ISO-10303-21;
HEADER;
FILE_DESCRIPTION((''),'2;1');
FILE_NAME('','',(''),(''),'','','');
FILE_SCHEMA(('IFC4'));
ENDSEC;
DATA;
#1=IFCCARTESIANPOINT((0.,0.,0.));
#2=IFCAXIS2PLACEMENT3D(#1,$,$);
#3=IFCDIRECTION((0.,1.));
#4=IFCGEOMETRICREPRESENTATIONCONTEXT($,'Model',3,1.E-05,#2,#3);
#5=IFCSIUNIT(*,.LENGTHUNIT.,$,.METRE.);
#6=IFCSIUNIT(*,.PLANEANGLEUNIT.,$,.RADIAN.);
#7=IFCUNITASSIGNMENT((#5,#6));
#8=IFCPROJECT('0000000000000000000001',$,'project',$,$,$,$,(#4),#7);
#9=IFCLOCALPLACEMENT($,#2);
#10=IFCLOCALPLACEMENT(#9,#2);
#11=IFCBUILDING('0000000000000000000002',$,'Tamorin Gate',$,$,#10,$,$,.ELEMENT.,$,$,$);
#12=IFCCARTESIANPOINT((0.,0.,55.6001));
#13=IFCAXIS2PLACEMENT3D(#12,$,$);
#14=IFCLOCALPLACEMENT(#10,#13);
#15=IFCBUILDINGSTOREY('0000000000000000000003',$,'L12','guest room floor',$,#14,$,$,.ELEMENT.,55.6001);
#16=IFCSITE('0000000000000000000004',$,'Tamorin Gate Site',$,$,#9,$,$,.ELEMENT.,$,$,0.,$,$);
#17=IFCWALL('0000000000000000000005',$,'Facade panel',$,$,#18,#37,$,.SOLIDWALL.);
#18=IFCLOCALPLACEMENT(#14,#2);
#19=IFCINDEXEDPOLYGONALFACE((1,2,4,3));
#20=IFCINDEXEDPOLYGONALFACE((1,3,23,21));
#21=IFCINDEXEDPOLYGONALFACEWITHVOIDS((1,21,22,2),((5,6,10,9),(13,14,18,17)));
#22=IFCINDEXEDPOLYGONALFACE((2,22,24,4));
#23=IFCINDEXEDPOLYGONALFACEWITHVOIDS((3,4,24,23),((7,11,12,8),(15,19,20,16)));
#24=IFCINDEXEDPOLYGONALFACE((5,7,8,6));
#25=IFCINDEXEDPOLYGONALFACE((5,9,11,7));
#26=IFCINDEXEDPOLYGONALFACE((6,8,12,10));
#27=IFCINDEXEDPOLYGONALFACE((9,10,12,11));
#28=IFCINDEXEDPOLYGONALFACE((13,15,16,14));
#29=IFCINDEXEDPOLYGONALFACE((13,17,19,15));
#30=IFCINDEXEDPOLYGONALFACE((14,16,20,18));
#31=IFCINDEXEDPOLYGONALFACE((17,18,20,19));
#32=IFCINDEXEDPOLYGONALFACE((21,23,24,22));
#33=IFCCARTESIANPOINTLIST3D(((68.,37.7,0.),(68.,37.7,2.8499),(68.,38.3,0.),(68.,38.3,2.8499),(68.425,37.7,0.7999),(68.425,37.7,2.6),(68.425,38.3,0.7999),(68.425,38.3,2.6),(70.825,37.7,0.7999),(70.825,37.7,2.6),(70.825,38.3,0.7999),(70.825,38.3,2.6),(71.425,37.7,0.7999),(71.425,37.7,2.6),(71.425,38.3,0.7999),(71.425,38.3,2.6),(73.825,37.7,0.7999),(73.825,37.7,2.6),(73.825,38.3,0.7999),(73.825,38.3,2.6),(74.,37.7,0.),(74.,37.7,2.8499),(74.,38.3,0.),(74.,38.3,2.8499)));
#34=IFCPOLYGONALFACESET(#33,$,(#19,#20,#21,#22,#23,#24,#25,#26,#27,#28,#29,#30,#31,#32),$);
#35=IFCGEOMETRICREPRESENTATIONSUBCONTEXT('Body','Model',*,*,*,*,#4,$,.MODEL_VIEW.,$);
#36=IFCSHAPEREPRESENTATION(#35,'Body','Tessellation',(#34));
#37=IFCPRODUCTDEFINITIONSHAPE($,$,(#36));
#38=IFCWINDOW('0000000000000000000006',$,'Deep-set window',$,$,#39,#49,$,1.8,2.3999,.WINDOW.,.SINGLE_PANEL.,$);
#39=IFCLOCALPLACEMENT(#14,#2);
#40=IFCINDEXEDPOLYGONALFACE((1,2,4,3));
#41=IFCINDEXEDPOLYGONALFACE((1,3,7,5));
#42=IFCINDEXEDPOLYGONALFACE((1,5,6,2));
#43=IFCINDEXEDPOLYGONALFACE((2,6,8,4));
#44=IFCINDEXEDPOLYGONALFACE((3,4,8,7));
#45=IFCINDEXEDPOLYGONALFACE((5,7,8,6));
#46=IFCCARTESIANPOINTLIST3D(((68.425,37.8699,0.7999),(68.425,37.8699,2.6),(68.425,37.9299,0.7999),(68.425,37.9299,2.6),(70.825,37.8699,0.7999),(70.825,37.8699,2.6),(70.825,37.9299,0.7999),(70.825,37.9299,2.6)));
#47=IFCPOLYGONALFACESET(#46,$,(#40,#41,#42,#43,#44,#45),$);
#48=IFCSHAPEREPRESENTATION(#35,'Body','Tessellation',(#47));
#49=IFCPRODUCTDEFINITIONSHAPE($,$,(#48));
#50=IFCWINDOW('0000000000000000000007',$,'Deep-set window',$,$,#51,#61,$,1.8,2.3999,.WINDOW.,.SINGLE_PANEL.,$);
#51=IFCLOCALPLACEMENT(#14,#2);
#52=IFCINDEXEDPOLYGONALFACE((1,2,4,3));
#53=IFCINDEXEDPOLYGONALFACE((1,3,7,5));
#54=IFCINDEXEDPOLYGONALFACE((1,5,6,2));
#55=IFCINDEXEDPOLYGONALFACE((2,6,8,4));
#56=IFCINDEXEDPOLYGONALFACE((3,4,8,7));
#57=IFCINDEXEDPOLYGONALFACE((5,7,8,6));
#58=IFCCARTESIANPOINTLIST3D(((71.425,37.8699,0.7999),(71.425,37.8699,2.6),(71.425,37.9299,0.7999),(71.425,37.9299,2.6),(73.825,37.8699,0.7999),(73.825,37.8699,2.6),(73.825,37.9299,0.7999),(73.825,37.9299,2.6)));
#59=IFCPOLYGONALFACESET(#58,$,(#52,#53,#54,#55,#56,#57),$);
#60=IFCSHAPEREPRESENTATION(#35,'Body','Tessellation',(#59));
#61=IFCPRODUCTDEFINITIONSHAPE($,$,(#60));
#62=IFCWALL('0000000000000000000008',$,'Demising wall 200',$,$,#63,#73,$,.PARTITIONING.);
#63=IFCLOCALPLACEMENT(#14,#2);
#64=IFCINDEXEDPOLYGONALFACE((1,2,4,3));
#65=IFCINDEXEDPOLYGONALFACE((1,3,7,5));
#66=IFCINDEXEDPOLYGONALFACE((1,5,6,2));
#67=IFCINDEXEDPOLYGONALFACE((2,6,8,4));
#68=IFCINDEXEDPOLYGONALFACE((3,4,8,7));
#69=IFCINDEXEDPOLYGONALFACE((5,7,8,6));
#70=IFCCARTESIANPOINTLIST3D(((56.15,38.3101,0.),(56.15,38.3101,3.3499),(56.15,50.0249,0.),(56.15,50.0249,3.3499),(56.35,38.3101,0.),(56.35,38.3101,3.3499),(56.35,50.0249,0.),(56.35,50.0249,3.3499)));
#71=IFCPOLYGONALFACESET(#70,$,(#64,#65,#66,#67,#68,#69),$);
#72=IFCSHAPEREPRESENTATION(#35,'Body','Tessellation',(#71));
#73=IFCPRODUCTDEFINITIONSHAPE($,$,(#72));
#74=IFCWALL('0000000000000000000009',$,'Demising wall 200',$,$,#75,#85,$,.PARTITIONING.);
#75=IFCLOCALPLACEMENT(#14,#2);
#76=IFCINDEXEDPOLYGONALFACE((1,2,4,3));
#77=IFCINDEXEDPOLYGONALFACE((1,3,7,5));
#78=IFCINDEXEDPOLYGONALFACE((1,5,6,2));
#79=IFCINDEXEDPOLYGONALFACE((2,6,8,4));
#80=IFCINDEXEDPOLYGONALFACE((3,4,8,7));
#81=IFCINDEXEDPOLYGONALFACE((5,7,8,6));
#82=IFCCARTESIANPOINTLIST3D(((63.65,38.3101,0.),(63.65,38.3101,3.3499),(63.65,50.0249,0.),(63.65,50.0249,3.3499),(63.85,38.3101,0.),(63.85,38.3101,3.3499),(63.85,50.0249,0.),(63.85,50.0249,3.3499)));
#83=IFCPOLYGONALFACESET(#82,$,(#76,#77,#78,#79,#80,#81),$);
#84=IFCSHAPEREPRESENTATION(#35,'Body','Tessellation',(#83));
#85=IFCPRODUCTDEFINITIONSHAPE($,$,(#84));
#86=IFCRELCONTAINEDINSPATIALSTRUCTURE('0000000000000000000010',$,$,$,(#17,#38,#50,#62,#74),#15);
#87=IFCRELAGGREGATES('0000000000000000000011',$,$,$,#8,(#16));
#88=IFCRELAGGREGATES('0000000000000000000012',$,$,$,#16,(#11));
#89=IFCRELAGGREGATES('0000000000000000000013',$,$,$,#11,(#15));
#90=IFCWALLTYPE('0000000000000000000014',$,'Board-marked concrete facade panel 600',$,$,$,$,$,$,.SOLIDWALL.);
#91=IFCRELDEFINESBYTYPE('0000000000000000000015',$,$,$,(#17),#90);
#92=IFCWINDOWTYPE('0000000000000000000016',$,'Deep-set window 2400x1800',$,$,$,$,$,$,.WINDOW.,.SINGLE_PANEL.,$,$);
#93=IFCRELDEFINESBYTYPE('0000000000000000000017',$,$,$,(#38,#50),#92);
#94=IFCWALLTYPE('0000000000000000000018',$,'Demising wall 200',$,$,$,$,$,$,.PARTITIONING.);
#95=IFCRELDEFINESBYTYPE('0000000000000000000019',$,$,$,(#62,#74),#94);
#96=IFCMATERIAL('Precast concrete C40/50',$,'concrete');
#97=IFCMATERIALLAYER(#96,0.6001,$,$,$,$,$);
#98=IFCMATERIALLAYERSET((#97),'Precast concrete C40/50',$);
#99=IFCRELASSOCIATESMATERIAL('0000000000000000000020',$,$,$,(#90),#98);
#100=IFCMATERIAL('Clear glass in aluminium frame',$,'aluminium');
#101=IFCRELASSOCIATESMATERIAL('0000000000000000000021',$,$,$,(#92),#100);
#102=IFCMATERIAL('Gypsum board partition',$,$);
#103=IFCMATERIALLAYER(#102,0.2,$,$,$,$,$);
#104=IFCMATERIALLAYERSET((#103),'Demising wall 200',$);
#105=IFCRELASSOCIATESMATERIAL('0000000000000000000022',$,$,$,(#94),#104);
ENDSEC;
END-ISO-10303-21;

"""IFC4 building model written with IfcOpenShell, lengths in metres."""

from ifc_helpers import new_model, si_unit, direction, frame, frame_2d, origin, place, context, subcontext, project, spatial, rectangle, extrude, material, layer, layer_set, type_object, element, fill, save


model = new_model("IFC4")

# Units and contexts
model_context = context("Model", 3, precision=1e-05, world=origin(), true_north=direction((0.0, 1.0)))
body_context = subcontext(model_context, "Body", "Model", "MODEL_VIEW")
ifc_project = project(units=[si_unit("LENGTHUNIT", "METRE"), si_unit("PLANEANGLEUNIT", "RADIAN")], contexts=[model_context])

# Site, building, storey
site_placement = place(None, origin())
site = spatial("IfcSite", under=ifc_project, at=site_placement, Name="Tamorin Gate Site", CompositionType="ELEMENT", RefElevation=0.0)
building_placement = place(site_placement, origin())
building = spatial("IfcBuilding", under=site, at=building_placement, Name="Tamorin Gate", CompositionType="ELEMENT")
storey_placement = place(building_placement, frame((0.0, 0.0, 55.6001)))
storey = spatial("IfcBuildingStorey", under=building, at=storey_placement, Name="L12", Description="guest room floor", CompositionType="ELEMENT", Elevation=55.6001)

# Wall, openings, windows
ifc_material_1 = material(Name="Precast concrete C40/50", Category="concrete")
ifc_layer_1 = layer(ifc_material_1, 0.6001)
ifc_layer_set_1 = layer_set([ifc_layer_1], Name="Precast concrete C40/50")
wall_type_1 = type_object("IfcWallType", Name="Board-marked concrete facade panel 600", PredefinedType="SOLIDWALL", material=ifc_layer_set_1)
ifc_material_2 = material(Name="Clear glass in aluminium frame", Category="aluminium")
window_type = type_object("IfcWindowType", Name="Deep-set window 2400x1800", PartitioningType="SINGLE_PANEL", PredefinedType="WINDOW", material=ifc_material_2)
wall_1_placement = place(storey_placement, frame((68.0, 38.0, 0.0), z_axis=(0.0, 0.0, 1.0), x_axis=(1.0, 0.0, 0.0)))
wall_1 = element("IfcWall", 1, at=wall_1_placement, inside=storey, type_object=wall_type_1, Name="Facade panel", PredefinedType="SOLIDWALL", context=body_context, shape_type="SweptSolid", body=[
    extrude(rectangle(XDim=6.0, YDim=0.6001, at=frame_2d((3.0, 0.0))), origin(), (0.0, 0.0, 1.0), 2.8499),
])
opening_1_placement = place(wall_1_placement, frame((0.425, 0.0, 0.8)))
opening_1 = element("IfcOpeningElement", 2, at=opening_1_placement, cuts=wall_1, PredefinedType="OPENING", context=body_context, shape_type="SweptSolid", body=[
    extrude(rectangle(XDim=2.3999, YDim=1.8, at=frame_2d((1.2, 0.8999))), frame((0.0, 0.3101, 0.0), z_axis=(0.0, -1.0, 0.0), x_axis=(1.0, 0.0, 0.0)), (0.0, 0.0, 1.0), 0.6201),
])
opening_2_placement = place(wall_1_placement, frame((3.425, 0.0, 0.8)))
opening_2 = element("IfcOpeningElement", 3, at=opening_2_placement, cuts=wall_1, PredefinedType="OPENING", context=body_context, shape_type="SweptSolid", body=[
    extrude(rectangle(XDim=2.3999, YDim=1.8, at=frame_2d((1.2, 0.8999))), frame((0.0, 0.3101, 0.0), z_axis=(0.0, -1.0, 0.0), x_axis=(1.0, 0.0, 0.0)), (0.0, 0.0, 1.0), 0.6201),
])
window_1_placement = place(opening_1_placement, origin())
window_1 = element("IfcWindow", 4, at=window_1_placement, inside=storey, type_object=window_type, Name="Deep-set window", OverallHeight=1.8, OverallWidth=2.3999, PartitioningType="SINGLE_PANEL", PredefinedType="WINDOW", context=body_context, shape_type="SweptSolid", body=[
    extrude(rectangle(XDim=2.3999, YDim=1.8, at=frame_2d((1.2, 0.8999))), frame((0.0, -0.0701, 0.0), z_axis=(0.0, -1.0, 0.0), x_axis=(1.0, 0.0, 0.0)), (0.0, 0.0, 1.0), 0.0601),
])
fill(opening_1, window_1)
window_2_placement = place(opening_2_placement, origin())
window_2 = element("IfcWindow", 5, at=window_2_placement, inside=storey, type_object=window_type, Name="Deep-set window", OverallHeight=1.8, OverallWidth=2.3999, PartitioningType="SINGLE_PANEL", PredefinedType="WINDOW", context=body_context, shape_type="SweptSolid", body=[
    extrude(rectangle(XDim=2.3999, YDim=1.8, at=frame_2d((1.2, 0.8999))), frame((0.0, -0.0701, 0.0), z_axis=(0.0, -1.0, 0.0), x_axis=(1.0, 0.0, 0.0)), (0.0, 0.0, 1.0), 0.0601),
])
fill(opening_2, window_2)

# Walls
ifc_material_3 = material(Name="Gypsum board partition")
ifc_layer_2 = layer(ifc_material_3, 0.2)
ifc_layer_set_2 = layer_set([ifc_layer_2], Name="Demising wall 200")
wall_type_2 = type_object("IfcWallType", Name="Demising wall 200", PredefinedType="PARTITIONING", material=ifc_layer_set_2)
for number, where, z_axis, x_axis, name in (
    (6, (56.25, 38.3101, 0.0), (0.0, 0.0, 1.0), (0.0, 1.0, 0.0), "Demising wall 200"),
    (7, (63.75, 38.3101, 0.0), (0.0, 0.0, 1.0), (0.0, 1.0, 0.0), "Demising wall 200"),
):
    element("IfcWall", number, at=place(storey_placement, frame(where, z_axis=z_axis, x_axis=x_axis)), inside=storey, type_object=wall_type_2, Name=name, PredefinedType="PARTITIONING", context=body_context, shape_type="SweptSolid", body=[
        extrude(rectangle(XDim=11.7148, YDim=0.2, at=frame_2d((5.8574, 0.0))), origin(), (0.0, 0.0, 1.0), 3.3499),
    ])

save(model, "model.ifc")
